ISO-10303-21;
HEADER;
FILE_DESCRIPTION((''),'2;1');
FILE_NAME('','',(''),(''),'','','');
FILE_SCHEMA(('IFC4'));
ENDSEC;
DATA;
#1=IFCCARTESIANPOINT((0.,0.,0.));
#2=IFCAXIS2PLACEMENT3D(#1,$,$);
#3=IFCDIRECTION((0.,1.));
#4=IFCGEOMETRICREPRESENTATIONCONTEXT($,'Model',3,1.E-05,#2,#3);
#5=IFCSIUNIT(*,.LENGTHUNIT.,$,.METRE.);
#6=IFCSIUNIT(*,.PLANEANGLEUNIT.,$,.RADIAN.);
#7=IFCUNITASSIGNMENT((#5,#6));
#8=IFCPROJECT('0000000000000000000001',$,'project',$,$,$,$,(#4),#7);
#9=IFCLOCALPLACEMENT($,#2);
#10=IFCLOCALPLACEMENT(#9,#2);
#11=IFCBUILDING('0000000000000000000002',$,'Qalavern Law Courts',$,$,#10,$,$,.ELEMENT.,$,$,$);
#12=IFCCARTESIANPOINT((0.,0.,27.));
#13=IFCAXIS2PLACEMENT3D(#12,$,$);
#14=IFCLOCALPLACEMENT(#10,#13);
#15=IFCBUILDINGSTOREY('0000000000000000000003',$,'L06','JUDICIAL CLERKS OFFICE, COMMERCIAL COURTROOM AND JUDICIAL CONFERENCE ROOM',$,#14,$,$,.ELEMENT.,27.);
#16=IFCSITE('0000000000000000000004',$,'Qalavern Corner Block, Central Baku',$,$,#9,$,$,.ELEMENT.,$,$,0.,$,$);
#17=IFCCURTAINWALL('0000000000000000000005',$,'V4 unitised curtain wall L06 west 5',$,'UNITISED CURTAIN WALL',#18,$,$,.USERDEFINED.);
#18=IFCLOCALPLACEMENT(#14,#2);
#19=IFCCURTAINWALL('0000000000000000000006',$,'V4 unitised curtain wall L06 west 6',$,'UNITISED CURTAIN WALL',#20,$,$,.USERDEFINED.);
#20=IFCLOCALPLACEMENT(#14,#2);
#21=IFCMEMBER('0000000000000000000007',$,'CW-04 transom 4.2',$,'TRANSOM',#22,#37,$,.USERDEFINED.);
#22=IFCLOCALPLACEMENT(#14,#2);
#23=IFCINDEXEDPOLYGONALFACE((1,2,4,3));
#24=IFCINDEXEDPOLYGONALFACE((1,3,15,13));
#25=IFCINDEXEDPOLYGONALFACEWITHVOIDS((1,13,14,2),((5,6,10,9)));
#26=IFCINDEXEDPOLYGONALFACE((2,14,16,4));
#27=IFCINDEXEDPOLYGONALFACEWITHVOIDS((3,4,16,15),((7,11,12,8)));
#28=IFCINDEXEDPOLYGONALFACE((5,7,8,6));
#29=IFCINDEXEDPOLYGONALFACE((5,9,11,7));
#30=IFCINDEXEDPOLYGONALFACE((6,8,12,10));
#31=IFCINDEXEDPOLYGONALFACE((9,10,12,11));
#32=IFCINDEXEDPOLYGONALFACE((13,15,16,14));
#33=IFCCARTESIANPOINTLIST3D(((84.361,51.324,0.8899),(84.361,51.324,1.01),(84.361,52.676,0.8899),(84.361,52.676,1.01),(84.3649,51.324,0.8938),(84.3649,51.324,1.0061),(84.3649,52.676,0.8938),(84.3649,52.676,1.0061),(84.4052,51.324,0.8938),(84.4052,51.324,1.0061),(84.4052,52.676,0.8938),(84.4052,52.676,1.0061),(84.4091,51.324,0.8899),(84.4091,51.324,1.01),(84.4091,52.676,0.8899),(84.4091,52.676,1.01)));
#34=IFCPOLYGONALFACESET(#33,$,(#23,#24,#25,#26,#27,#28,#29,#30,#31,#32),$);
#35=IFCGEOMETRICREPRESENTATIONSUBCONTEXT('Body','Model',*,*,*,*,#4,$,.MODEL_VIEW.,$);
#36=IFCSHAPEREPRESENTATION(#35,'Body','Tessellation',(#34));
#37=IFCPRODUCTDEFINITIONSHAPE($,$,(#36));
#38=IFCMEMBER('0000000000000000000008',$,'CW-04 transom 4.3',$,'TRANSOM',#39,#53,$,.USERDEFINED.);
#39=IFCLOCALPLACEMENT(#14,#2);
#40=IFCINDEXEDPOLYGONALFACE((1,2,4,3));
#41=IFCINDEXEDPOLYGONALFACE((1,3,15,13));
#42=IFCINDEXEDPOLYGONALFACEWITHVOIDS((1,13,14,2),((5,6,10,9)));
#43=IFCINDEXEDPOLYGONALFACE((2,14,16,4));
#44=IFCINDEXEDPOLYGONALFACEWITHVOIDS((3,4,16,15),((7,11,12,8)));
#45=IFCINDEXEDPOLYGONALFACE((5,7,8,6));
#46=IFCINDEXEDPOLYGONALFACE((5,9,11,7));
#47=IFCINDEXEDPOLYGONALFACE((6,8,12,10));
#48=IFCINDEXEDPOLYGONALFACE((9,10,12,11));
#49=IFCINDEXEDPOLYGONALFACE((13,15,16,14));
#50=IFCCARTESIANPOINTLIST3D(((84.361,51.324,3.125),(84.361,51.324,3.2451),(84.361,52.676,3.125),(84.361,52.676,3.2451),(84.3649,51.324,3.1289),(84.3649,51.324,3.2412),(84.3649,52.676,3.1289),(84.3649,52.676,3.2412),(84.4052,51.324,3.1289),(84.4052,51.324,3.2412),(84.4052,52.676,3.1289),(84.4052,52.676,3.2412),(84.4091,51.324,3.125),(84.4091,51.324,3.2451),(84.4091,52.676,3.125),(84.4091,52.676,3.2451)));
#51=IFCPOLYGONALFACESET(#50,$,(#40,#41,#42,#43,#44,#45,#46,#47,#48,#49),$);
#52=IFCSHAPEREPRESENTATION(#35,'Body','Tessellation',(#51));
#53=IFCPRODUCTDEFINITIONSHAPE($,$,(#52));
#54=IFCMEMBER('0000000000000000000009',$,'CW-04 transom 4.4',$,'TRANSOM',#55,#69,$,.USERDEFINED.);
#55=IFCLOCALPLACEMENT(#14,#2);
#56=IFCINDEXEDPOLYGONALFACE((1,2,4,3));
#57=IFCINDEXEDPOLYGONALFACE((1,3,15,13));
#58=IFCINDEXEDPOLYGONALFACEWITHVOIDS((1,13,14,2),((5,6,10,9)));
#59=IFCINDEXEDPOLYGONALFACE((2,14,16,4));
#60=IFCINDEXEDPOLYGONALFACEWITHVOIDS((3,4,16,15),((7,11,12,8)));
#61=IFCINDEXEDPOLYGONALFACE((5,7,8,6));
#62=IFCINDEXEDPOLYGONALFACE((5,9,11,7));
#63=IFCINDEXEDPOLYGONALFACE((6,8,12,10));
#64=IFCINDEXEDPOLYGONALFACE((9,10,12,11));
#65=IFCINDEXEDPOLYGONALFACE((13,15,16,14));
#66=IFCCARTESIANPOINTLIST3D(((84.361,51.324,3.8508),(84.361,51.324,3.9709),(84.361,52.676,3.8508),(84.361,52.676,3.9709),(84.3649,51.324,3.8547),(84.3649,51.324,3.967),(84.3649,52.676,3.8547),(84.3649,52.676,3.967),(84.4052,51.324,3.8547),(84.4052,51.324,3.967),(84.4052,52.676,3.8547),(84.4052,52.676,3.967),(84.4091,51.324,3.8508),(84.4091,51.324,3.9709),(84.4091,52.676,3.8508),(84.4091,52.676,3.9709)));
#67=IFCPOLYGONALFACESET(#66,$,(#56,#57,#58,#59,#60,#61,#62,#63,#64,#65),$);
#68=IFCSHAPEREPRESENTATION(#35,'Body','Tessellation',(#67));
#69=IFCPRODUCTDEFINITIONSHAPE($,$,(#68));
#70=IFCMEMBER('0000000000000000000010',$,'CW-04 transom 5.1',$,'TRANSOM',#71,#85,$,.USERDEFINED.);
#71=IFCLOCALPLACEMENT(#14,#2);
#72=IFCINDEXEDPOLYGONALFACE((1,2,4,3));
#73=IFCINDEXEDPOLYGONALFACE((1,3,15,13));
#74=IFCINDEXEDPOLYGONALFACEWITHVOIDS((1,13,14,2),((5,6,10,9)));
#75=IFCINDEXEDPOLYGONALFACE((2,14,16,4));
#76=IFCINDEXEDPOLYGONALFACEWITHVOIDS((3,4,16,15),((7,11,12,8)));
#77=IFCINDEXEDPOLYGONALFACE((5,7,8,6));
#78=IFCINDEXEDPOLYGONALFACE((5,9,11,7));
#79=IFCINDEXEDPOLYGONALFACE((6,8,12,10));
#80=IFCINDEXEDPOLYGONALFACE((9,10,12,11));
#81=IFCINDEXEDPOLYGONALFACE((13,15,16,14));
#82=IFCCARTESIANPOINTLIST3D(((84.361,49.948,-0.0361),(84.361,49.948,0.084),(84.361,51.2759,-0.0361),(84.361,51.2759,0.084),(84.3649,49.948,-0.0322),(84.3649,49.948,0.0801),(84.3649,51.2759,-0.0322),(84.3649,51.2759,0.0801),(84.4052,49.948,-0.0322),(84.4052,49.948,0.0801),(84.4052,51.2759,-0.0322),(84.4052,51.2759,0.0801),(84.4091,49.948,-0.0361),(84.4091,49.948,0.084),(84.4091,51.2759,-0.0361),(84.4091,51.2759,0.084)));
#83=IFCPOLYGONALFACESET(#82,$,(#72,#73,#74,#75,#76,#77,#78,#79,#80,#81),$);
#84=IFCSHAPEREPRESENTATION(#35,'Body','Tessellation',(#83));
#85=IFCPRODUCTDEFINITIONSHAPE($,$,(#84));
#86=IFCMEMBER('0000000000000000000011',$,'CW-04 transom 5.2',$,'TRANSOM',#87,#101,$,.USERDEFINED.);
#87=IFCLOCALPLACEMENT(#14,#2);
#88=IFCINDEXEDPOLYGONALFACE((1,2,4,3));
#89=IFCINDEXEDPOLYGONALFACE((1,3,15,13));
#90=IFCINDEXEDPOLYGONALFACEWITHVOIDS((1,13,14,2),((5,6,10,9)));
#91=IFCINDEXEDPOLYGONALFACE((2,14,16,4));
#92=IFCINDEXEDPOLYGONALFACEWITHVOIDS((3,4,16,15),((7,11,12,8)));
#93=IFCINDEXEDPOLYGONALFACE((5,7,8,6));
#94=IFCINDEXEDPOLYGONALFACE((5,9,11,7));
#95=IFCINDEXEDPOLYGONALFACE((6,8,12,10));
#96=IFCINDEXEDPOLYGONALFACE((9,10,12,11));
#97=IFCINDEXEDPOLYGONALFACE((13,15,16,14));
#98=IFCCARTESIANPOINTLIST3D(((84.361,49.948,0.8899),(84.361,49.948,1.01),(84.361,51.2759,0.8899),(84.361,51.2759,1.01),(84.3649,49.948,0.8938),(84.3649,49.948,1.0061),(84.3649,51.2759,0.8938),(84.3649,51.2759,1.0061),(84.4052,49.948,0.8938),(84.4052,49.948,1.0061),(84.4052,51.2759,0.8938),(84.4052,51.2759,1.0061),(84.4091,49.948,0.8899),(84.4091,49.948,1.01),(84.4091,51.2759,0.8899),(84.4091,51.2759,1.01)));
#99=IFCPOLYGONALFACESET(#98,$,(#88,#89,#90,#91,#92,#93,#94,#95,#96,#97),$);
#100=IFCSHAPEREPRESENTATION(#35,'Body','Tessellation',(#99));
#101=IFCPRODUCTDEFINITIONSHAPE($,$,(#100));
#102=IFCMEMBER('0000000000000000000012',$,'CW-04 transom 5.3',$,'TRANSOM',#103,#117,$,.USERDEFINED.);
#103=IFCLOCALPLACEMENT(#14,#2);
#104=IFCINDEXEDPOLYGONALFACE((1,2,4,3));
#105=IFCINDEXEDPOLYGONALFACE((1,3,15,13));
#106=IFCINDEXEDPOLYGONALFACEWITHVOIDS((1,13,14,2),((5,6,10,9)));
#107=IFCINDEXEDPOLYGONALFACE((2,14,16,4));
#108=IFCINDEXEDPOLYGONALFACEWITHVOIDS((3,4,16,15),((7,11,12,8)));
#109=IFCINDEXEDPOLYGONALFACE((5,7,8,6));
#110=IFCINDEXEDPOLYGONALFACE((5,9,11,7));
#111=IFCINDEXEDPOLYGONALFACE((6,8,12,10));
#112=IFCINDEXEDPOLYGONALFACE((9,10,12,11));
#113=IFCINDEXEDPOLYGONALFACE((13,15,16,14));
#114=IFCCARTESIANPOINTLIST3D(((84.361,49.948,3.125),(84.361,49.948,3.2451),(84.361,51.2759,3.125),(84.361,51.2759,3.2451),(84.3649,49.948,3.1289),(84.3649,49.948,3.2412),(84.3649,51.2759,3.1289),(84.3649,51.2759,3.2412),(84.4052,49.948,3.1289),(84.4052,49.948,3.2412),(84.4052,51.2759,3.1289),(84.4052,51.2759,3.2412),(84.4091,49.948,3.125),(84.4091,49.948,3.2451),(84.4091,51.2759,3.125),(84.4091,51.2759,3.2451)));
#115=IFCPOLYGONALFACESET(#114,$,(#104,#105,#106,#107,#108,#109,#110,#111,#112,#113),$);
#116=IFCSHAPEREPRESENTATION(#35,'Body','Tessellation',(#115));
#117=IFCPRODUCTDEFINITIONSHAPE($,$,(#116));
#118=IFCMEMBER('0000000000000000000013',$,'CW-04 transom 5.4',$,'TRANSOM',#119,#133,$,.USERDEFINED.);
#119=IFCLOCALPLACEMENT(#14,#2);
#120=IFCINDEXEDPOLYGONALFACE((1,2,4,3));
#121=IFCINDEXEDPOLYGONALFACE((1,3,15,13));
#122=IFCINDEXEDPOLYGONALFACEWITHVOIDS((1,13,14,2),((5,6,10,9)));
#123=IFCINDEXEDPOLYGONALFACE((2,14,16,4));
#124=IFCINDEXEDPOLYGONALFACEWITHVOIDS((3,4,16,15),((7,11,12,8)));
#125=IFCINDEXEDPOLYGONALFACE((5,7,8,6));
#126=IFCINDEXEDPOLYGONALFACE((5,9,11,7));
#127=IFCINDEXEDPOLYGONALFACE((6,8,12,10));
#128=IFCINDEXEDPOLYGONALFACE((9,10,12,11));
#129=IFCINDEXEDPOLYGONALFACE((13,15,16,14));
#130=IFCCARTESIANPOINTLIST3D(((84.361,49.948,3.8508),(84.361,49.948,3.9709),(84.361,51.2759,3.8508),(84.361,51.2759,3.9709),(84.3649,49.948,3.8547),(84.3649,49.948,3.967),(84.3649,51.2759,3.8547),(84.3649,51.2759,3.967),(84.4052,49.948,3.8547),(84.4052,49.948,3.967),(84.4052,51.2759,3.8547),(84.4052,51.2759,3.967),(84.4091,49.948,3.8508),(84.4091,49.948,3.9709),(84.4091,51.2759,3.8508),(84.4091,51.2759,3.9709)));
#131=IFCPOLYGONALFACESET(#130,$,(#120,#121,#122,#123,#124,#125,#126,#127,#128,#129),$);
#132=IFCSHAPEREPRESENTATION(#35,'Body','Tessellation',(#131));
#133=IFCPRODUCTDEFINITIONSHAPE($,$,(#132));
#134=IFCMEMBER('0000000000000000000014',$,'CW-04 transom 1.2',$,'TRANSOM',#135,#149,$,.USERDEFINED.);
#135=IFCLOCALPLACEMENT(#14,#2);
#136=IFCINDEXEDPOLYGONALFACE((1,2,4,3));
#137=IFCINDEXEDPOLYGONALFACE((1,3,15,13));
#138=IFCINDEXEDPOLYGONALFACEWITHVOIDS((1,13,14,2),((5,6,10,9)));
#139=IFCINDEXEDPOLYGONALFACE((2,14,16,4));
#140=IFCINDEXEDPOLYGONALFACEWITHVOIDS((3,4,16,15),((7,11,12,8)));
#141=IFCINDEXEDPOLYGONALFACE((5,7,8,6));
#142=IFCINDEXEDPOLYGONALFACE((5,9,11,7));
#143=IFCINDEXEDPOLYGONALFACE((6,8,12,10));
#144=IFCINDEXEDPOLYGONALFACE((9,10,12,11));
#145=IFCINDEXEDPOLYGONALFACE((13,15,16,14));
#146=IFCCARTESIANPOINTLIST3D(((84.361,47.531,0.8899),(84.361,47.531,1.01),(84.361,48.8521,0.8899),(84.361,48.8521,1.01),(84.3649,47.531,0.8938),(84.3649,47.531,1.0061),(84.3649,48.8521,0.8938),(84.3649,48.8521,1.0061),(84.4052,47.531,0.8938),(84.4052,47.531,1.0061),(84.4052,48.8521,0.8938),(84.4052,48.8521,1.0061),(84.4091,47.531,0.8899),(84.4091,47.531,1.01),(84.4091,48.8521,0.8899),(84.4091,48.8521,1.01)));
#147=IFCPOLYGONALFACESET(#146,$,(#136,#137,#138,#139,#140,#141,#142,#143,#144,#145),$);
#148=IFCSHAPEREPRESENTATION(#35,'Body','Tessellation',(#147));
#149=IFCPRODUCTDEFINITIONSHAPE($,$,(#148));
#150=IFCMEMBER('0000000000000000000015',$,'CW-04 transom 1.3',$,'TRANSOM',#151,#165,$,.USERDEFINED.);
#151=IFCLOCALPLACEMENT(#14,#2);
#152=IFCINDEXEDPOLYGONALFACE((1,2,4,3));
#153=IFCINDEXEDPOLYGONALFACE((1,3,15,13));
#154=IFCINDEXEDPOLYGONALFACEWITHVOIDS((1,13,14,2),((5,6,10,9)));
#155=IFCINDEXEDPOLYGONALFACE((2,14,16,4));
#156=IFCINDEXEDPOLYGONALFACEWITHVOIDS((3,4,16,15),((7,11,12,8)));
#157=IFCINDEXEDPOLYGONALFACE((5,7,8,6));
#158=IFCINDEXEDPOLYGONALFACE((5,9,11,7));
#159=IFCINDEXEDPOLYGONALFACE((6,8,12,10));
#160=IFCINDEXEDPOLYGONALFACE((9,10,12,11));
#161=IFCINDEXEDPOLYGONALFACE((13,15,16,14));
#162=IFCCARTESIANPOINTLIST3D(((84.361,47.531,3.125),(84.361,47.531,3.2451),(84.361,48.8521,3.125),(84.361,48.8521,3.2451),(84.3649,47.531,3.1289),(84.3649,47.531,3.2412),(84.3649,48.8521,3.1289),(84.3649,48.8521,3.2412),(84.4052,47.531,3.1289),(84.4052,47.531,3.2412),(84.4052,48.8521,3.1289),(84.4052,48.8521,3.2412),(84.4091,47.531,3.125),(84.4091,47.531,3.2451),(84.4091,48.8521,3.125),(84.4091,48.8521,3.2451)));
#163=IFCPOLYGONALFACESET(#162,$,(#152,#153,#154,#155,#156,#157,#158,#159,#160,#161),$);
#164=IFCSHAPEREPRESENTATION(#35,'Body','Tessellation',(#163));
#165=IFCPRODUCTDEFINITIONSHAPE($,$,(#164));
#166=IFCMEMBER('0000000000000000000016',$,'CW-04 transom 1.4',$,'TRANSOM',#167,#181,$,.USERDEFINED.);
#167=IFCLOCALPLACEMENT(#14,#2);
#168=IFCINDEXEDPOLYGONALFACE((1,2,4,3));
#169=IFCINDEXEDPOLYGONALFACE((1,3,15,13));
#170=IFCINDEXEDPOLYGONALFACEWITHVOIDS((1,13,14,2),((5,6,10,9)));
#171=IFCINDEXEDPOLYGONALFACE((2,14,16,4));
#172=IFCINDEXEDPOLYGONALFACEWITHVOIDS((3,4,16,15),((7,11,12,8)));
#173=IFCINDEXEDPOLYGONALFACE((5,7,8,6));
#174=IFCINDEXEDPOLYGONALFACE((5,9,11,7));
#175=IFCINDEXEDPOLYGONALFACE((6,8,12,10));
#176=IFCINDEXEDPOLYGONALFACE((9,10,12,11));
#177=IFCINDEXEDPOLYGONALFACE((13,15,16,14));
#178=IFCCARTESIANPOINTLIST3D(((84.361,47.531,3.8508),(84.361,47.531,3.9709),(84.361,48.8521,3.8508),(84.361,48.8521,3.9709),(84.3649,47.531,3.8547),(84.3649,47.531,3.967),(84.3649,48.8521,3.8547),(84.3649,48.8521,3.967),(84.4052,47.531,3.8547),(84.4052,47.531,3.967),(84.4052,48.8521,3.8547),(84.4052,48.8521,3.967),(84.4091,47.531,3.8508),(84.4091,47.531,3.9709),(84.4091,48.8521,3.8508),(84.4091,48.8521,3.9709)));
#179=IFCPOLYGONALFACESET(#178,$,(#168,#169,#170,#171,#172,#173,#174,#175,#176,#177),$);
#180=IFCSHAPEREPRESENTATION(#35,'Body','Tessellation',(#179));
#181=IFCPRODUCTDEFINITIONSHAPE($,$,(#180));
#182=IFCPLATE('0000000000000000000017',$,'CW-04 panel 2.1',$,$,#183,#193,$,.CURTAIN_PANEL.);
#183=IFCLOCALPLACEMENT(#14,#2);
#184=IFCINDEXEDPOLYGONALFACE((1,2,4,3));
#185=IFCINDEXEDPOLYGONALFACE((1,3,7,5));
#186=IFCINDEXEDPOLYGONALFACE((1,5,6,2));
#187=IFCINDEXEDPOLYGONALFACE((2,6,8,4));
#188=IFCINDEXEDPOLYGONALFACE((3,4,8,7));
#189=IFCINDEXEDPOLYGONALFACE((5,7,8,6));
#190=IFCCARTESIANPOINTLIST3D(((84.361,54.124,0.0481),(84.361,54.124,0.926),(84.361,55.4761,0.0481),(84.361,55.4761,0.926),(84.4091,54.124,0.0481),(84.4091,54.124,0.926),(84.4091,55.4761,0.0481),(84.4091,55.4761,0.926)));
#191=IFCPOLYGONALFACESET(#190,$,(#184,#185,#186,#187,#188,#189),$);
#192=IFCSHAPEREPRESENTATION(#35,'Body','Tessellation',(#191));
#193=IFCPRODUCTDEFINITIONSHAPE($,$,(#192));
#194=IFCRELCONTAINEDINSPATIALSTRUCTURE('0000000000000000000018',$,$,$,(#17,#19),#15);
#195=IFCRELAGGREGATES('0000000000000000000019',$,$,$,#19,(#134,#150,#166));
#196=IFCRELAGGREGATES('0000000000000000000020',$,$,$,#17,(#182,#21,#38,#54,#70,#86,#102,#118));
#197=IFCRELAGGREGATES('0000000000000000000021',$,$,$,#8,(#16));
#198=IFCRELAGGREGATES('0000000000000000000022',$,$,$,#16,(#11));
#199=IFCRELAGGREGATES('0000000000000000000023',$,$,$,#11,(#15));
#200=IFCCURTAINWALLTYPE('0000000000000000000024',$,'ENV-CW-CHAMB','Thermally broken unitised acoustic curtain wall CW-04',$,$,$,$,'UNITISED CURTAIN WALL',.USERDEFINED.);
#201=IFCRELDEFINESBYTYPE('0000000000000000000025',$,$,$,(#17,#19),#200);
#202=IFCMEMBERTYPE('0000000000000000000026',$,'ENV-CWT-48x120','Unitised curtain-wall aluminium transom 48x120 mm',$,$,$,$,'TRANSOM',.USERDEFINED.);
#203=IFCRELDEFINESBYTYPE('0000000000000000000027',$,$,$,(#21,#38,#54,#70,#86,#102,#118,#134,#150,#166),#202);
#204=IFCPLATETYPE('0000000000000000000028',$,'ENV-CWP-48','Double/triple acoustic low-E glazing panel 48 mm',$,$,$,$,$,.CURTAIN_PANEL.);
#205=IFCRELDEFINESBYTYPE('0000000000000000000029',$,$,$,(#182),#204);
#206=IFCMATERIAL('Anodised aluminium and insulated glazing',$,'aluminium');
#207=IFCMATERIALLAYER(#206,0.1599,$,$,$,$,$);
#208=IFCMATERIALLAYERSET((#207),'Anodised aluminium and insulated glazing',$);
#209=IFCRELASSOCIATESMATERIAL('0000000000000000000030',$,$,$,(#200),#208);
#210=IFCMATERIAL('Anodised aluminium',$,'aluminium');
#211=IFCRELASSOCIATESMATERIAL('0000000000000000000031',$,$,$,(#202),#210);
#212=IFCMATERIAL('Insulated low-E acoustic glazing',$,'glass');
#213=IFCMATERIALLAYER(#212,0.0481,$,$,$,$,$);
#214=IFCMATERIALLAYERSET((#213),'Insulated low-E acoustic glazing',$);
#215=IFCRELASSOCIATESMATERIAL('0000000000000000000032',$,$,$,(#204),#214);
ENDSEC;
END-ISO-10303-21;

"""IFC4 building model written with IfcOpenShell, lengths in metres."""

from ifc_helpers import new_model, si_unit, direction, frame, origin, origin_2d, place, context, subcontext, project, spatial, rectangle, hollow_rectangle, extrude, material, layer, layer_set, material_profile, profile_set, type_object, element, aggregate, save


model = new_model("IFC4")

# Units and contexts
model_context = context("Model", 3, precision=1e-05, world=origin(), true_north=direction((0.0, 1.0)))
body_context = subcontext(model_context, "Body", "Model", "MODEL_VIEW")
ifc_project = project(units=[si_unit("LENGTHUNIT", "METRE"), si_unit("PLANEANGLEUNIT", "RADIAN")], contexts=[model_context])

# Site, building, storey
site_placement = place(None, origin())
site = spatial("IfcSite", under=ifc_project, at=site_placement, Name="Qalavern Corner Block, Central Baku", CompositionType="ELEMENT", RefElevation=0.0)
building_placement = place(site_placement, origin())
building = spatial("IfcBuilding", under=site, at=building_placement, Name="Qalavern Law Courts", CompositionType="ELEMENT")
storey_placement = place(building_placement, frame((0.0, 0.0, 27.0)))
storey = spatial("IfcBuildingStorey", under=building, at=storey_placement, Name="L06", Description="JUDICIAL CLERKS OFFICE, COMMERCIAL COURTROOM AND JUDICIAL CONFERENCE ROOM", CompositionType="ELEMENT", Elevation=27.0)

# Curtain wall
ifc_material_1 = material(Name="Anodised aluminium and insulated glazing", Category="aluminium")
ifc_layer_1 = layer(ifc_material_1, 0.1599)
ifc_layer_set_1 = layer_set([ifc_layer_1], Name="Anodised aluminium and insulated glazing")
curtain_wall_type = type_object("IfcCurtainWallType", Name="ENV-CW-CHAMB", Description="Thermally broken unitised acoustic curtain wall CW-04", ElementType="UNITISED CURTAIN WALL", PredefinedType="USERDEFINED", material=ifc_layer_set_1)
curtain_wall_1_placement = place(storey_placement, origin())
curtain_wall_1 = element("IfcCurtainWall", 1, at=curtain_wall_1_placement, inside=storey, type_object=curtain_wall_type, Name="V4 unitised curtain wall L06 west 5", ObjectType="UNITISED CURTAIN WALL", PredefinedType="USERDEFINED")
ifc_material_2 = material(Name="Anodised aluminium", Category="aluminium")

# Curtain wall
curtain_wall_2_placement = place(storey_placement, origin())
curtain_wall_2 = element("IfcCurtainWall", 2, at=curtain_wall_2_placement, inside=storey, type_object=curtain_wall_type, Name="V4 unitised curtain wall L06 west 6", ObjectType="UNITISED CURTAIN WALL", PredefinedType="USERDEFINED")

# Members
ifc_material_profile_1 = material_profile(ifc_material_2, hollow_rectangle(XDim=0.0481, YDim=0.1201, WallThickness=0.0039, at=origin_2d()), Name="ALU TRANSOM 48x120")
ifc_profile_set_1 = profile_set([ifc_material_profile_1], Name="Anodised aluminium")
member_type_1 = type_object("IfcMemberType", Name="ENV-CWT-48x120", Description="Unitised curtain-wall aluminium transom 48x120 mm", ElementType="TRANSOM", PredefinedType="USERDEFINED", material=ifc_profile_set_1)
member_1_placement = place(storey_placement, frame((84.385, 52.676, 0.95), z_axis=(0.0, -1.0, 0.0), x_axis=(1.0, 0.0, 0.0)))
member_1 = element("IfcMember", 3, at=member_1_placement, type_object=member_type_1, Name="CW-04 transom 4.2", ObjectType="TRANSOM", PredefinedType="USERDEFINED", context=body_context, shape_type="SweptSolid", body=[
    extrude(hollow_rectangle(XDim=0.0481, YDim=0.1201, WallThickness=0.0039, at=origin_2d()), origin(), (0.0, 0.0, 1.0), 1.3521),
])
member_2_placement = place(storey_placement, frame((84.385, 52.676, 3.1851), z_axis=(0.0, -1.0, 0.0), x_axis=(1.0, 0.0, 0.0)))
member_2 = element("IfcMember", 4, at=member_2_placement, type_object=member_type_1, Name="CW-04 transom 4.3", ObjectType="TRANSOM", PredefinedType="USERDEFINED", context=body_context, shape_type="SweptSolid", body=[
    extrude(hollow_rectangle(XDim=0.0481, YDim=0.1201, WallThickness=0.0039, at=origin_2d()), origin(), (0.0, 0.0, 1.0), 1.3521),
])
member_3_placement = place(storey_placement, frame((84.385, 52.676, 3.9109), z_axis=(0.0, -1.0, 0.0), x_axis=(1.0, 0.0, 0.0)))
member_3 = element("IfcMember", 5, at=member_3_placement, type_object=member_type_1, Name="CW-04 transom 4.4", ObjectType="TRANSOM", PredefinedType="USERDEFINED", context=body_context, shape_type="SweptSolid", body=[
    extrude(hollow_rectangle(XDim=0.0481, YDim=0.1201, WallThickness=0.0039, at=origin_2d()), origin(), (0.0, 0.0, 1.0), 1.3521),
])
member_4_placement = place(storey_placement, frame((84.385, 51.2759, 0.0239), z_axis=(0.0, -1.0, 0.0), x_axis=(1.0, 0.0, 0.0)))
member_4 = element("IfcMember", 6, at=member_4_placement, type_object=member_type_1, Name="CW-04 transom 5.1", ObjectType="TRANSOM", PredefinedType="USERDEFINED", context=body_context, shape_type="SweptSolid", body=[
    extrude(hollow_rectangle(XDim=0.0481, YDim=0.1201, WallThickness=0.0039, at=origin_2d()), origin(), (0.0, 0.0, 1.0), 1.3279),
])
member_5_placement = place(storey_placement, frame((84.385, 51.2759, 0.95), z_axis=(0.0, -1.0, 0.0), x_axis=(1.0, 0.0, 0.0)))
member_5 = element("IfcMember", 7, at=member_5_placement, type_object=member_type_1, Name="CW-04 transom 5.2", ObjectType="TRANSOM", PredefinedType="USERDEFINED", context=body_context, shape_type="SweptSolid", body=[
    extrude(hollow_rectangle(XDim=0.0481, YDim=0.1201, WallThickness=0.0039, at=origin_2d()), origin(), (0.0, 0.0, 1.0), 1.3279),
])
member_6_placement = place(storey_placement, frame((84.385, 51.2759, 3.1851), z_axis=(0.0, -1.0, 0.0), x_axis=(1.0, 0.0, 0.0)))
member_6 = element("IfcMember", 8, at=member_6_placement, type_object=member_type_1, Name="CW-04 transom 5.3", ObjectType="TRANSOM", PredefinedType="USERDEFINED", context=body_context, shape_type="SweptSolid", body=[
    extrude(hollow_rectangle(XDim=0.0481, YDim=0.1201, WallThickness=0.0039, at=origin_2d()), origin(), (0.0, 0.0, 1.0), 1.3279),
])
member_7_placement = place(storey_placement, frame((84.385, 51.2759, 3.9109), z_axis=(0.0, -1.0, 0.0), x_axis=(1.0, 0.0, 0.0)))
member_7 = element("IfcMember", 9, at=member_7_placement, type_object=member_type_1, Name="CW-04 transom 5.4", ObjectType="TRANSOM", PredefinedType="USERDEFINED", context=body_context, shape_type="SweptSolid", body=[
    extrude(hollow_rectangle(XDim=0.0481, YDim=0.1201, WallThickness=0.0039, at=origin_2d()), origin(), (0.0, 0.0, 1.0), 1.3279),
])
member_8_placement = place(storey_placement, frame((84.385, 48.8521, 0.95), z_axis=(0.0, -1.0, 0.0), x_axis=(1.0, 0.0, 0.0)))
member_8 = element("IfcMember", 10, at=member_8_placement, type_object=member_type_1, Name="CW-04 transom 1.2", ObjectType="TRANSOM", PredefinedType="USERDEFINED", context=body_context, shape_type="SweptSolid", body=[
    extrude(hollow_rectangle(XDim=0.0481, YDim=0.1201, WallThickness=0.0039, at=origin_2d()), origin(), (0.0, 0.0, 1.0), 1.321),
])
member_9_placement = place(storey_placement, frame((84.385, 48.8521, 3.1851), z_axis=(0.0, -1.0, 0.0), x_axis=(1.0, 0.0, 0.0)))
member_9 = element("IfcMember", 11, at=member_9_placement, type_object=member_type_1, Name="CW-04 transom 1.3", ObjectType="TRANSOM", PredefinedType="USERDEFINED", context=body_context, shape_type="SweptSolid", body=[
    extrude(hollow_rectangle(XDim=0.0481, YDim=0.1201, WallThickness=0.0039, at=origin_2d()), origin(), (0.0, 0.0, 1.0), 1.321),
])
member_10_placement = place(storey_placement, frame((84.385, 48.8521, 3.9109), z_axis=(0.0, -1.0, 0.0), x_axis=(1.0, 0.0, 0.0)))
member_10 = element("IfcMember", 12, at=member_10_placement, type_object=member_type_1, Name="CW-04 transom 1.4", ObjectType="TRANSOM", PredefinedType="USERDEFINED", context=body_context, shape_type="SweptSolid", body=[
    extrude(hollow_rectangle(XDim=0.0481, YDim=0.1201, WallThickness=0.0039, at=origin_2d()), origin(), (0.0, 0.0, 1.0), 1.321),
])
aggregate(curtain_wall_2, [member_8, member_9, member_10])

# Plate
ifc_material_3 = material(Name="Insulated low-E acoustic glazing", Category="glass")
ifc_layer_2 = layer(ifc_material_3, 0.0481)
ifc_layer_set_2 = layer_set([ifc_layer_2], Name="Insulated low-E acoustic glazing")
plate_type = type_object("IfcPlateType", Name="ENV-CWP-48", Description="Double/triple acoustic low-E glazing panel 48 mm", PredefinedType="CURTAIN_PANEL", material=ifc_layer_set_2)
plate_1_placement = place(storey_placement, frame((84.385, 54.8, 0.0481), z_axis=(0.0, 0.0, 1.0), x_axis=(0.0, -1.0, 0.0)))
plate_1 = element("IfcPlate", 13, at=plate_1_placement, type_object=plate_type, Name="CW-04 panel 2.1", PredefinedType="CURTAIN_PANEL", context=body_context, shape_type="SweptSolid", body=[
    extrude(rectangle(XDim=1.3521, YDim=0.0481, at=origin_2d()), origin(), (0.0, 0.0, 1.0), 0.8779),
])
aggregate(curtain_wall_1, [plate_1, member_1, member_2, member_3, member_4, member_5, member_6, member_7])

save(model, "model.ifc")
